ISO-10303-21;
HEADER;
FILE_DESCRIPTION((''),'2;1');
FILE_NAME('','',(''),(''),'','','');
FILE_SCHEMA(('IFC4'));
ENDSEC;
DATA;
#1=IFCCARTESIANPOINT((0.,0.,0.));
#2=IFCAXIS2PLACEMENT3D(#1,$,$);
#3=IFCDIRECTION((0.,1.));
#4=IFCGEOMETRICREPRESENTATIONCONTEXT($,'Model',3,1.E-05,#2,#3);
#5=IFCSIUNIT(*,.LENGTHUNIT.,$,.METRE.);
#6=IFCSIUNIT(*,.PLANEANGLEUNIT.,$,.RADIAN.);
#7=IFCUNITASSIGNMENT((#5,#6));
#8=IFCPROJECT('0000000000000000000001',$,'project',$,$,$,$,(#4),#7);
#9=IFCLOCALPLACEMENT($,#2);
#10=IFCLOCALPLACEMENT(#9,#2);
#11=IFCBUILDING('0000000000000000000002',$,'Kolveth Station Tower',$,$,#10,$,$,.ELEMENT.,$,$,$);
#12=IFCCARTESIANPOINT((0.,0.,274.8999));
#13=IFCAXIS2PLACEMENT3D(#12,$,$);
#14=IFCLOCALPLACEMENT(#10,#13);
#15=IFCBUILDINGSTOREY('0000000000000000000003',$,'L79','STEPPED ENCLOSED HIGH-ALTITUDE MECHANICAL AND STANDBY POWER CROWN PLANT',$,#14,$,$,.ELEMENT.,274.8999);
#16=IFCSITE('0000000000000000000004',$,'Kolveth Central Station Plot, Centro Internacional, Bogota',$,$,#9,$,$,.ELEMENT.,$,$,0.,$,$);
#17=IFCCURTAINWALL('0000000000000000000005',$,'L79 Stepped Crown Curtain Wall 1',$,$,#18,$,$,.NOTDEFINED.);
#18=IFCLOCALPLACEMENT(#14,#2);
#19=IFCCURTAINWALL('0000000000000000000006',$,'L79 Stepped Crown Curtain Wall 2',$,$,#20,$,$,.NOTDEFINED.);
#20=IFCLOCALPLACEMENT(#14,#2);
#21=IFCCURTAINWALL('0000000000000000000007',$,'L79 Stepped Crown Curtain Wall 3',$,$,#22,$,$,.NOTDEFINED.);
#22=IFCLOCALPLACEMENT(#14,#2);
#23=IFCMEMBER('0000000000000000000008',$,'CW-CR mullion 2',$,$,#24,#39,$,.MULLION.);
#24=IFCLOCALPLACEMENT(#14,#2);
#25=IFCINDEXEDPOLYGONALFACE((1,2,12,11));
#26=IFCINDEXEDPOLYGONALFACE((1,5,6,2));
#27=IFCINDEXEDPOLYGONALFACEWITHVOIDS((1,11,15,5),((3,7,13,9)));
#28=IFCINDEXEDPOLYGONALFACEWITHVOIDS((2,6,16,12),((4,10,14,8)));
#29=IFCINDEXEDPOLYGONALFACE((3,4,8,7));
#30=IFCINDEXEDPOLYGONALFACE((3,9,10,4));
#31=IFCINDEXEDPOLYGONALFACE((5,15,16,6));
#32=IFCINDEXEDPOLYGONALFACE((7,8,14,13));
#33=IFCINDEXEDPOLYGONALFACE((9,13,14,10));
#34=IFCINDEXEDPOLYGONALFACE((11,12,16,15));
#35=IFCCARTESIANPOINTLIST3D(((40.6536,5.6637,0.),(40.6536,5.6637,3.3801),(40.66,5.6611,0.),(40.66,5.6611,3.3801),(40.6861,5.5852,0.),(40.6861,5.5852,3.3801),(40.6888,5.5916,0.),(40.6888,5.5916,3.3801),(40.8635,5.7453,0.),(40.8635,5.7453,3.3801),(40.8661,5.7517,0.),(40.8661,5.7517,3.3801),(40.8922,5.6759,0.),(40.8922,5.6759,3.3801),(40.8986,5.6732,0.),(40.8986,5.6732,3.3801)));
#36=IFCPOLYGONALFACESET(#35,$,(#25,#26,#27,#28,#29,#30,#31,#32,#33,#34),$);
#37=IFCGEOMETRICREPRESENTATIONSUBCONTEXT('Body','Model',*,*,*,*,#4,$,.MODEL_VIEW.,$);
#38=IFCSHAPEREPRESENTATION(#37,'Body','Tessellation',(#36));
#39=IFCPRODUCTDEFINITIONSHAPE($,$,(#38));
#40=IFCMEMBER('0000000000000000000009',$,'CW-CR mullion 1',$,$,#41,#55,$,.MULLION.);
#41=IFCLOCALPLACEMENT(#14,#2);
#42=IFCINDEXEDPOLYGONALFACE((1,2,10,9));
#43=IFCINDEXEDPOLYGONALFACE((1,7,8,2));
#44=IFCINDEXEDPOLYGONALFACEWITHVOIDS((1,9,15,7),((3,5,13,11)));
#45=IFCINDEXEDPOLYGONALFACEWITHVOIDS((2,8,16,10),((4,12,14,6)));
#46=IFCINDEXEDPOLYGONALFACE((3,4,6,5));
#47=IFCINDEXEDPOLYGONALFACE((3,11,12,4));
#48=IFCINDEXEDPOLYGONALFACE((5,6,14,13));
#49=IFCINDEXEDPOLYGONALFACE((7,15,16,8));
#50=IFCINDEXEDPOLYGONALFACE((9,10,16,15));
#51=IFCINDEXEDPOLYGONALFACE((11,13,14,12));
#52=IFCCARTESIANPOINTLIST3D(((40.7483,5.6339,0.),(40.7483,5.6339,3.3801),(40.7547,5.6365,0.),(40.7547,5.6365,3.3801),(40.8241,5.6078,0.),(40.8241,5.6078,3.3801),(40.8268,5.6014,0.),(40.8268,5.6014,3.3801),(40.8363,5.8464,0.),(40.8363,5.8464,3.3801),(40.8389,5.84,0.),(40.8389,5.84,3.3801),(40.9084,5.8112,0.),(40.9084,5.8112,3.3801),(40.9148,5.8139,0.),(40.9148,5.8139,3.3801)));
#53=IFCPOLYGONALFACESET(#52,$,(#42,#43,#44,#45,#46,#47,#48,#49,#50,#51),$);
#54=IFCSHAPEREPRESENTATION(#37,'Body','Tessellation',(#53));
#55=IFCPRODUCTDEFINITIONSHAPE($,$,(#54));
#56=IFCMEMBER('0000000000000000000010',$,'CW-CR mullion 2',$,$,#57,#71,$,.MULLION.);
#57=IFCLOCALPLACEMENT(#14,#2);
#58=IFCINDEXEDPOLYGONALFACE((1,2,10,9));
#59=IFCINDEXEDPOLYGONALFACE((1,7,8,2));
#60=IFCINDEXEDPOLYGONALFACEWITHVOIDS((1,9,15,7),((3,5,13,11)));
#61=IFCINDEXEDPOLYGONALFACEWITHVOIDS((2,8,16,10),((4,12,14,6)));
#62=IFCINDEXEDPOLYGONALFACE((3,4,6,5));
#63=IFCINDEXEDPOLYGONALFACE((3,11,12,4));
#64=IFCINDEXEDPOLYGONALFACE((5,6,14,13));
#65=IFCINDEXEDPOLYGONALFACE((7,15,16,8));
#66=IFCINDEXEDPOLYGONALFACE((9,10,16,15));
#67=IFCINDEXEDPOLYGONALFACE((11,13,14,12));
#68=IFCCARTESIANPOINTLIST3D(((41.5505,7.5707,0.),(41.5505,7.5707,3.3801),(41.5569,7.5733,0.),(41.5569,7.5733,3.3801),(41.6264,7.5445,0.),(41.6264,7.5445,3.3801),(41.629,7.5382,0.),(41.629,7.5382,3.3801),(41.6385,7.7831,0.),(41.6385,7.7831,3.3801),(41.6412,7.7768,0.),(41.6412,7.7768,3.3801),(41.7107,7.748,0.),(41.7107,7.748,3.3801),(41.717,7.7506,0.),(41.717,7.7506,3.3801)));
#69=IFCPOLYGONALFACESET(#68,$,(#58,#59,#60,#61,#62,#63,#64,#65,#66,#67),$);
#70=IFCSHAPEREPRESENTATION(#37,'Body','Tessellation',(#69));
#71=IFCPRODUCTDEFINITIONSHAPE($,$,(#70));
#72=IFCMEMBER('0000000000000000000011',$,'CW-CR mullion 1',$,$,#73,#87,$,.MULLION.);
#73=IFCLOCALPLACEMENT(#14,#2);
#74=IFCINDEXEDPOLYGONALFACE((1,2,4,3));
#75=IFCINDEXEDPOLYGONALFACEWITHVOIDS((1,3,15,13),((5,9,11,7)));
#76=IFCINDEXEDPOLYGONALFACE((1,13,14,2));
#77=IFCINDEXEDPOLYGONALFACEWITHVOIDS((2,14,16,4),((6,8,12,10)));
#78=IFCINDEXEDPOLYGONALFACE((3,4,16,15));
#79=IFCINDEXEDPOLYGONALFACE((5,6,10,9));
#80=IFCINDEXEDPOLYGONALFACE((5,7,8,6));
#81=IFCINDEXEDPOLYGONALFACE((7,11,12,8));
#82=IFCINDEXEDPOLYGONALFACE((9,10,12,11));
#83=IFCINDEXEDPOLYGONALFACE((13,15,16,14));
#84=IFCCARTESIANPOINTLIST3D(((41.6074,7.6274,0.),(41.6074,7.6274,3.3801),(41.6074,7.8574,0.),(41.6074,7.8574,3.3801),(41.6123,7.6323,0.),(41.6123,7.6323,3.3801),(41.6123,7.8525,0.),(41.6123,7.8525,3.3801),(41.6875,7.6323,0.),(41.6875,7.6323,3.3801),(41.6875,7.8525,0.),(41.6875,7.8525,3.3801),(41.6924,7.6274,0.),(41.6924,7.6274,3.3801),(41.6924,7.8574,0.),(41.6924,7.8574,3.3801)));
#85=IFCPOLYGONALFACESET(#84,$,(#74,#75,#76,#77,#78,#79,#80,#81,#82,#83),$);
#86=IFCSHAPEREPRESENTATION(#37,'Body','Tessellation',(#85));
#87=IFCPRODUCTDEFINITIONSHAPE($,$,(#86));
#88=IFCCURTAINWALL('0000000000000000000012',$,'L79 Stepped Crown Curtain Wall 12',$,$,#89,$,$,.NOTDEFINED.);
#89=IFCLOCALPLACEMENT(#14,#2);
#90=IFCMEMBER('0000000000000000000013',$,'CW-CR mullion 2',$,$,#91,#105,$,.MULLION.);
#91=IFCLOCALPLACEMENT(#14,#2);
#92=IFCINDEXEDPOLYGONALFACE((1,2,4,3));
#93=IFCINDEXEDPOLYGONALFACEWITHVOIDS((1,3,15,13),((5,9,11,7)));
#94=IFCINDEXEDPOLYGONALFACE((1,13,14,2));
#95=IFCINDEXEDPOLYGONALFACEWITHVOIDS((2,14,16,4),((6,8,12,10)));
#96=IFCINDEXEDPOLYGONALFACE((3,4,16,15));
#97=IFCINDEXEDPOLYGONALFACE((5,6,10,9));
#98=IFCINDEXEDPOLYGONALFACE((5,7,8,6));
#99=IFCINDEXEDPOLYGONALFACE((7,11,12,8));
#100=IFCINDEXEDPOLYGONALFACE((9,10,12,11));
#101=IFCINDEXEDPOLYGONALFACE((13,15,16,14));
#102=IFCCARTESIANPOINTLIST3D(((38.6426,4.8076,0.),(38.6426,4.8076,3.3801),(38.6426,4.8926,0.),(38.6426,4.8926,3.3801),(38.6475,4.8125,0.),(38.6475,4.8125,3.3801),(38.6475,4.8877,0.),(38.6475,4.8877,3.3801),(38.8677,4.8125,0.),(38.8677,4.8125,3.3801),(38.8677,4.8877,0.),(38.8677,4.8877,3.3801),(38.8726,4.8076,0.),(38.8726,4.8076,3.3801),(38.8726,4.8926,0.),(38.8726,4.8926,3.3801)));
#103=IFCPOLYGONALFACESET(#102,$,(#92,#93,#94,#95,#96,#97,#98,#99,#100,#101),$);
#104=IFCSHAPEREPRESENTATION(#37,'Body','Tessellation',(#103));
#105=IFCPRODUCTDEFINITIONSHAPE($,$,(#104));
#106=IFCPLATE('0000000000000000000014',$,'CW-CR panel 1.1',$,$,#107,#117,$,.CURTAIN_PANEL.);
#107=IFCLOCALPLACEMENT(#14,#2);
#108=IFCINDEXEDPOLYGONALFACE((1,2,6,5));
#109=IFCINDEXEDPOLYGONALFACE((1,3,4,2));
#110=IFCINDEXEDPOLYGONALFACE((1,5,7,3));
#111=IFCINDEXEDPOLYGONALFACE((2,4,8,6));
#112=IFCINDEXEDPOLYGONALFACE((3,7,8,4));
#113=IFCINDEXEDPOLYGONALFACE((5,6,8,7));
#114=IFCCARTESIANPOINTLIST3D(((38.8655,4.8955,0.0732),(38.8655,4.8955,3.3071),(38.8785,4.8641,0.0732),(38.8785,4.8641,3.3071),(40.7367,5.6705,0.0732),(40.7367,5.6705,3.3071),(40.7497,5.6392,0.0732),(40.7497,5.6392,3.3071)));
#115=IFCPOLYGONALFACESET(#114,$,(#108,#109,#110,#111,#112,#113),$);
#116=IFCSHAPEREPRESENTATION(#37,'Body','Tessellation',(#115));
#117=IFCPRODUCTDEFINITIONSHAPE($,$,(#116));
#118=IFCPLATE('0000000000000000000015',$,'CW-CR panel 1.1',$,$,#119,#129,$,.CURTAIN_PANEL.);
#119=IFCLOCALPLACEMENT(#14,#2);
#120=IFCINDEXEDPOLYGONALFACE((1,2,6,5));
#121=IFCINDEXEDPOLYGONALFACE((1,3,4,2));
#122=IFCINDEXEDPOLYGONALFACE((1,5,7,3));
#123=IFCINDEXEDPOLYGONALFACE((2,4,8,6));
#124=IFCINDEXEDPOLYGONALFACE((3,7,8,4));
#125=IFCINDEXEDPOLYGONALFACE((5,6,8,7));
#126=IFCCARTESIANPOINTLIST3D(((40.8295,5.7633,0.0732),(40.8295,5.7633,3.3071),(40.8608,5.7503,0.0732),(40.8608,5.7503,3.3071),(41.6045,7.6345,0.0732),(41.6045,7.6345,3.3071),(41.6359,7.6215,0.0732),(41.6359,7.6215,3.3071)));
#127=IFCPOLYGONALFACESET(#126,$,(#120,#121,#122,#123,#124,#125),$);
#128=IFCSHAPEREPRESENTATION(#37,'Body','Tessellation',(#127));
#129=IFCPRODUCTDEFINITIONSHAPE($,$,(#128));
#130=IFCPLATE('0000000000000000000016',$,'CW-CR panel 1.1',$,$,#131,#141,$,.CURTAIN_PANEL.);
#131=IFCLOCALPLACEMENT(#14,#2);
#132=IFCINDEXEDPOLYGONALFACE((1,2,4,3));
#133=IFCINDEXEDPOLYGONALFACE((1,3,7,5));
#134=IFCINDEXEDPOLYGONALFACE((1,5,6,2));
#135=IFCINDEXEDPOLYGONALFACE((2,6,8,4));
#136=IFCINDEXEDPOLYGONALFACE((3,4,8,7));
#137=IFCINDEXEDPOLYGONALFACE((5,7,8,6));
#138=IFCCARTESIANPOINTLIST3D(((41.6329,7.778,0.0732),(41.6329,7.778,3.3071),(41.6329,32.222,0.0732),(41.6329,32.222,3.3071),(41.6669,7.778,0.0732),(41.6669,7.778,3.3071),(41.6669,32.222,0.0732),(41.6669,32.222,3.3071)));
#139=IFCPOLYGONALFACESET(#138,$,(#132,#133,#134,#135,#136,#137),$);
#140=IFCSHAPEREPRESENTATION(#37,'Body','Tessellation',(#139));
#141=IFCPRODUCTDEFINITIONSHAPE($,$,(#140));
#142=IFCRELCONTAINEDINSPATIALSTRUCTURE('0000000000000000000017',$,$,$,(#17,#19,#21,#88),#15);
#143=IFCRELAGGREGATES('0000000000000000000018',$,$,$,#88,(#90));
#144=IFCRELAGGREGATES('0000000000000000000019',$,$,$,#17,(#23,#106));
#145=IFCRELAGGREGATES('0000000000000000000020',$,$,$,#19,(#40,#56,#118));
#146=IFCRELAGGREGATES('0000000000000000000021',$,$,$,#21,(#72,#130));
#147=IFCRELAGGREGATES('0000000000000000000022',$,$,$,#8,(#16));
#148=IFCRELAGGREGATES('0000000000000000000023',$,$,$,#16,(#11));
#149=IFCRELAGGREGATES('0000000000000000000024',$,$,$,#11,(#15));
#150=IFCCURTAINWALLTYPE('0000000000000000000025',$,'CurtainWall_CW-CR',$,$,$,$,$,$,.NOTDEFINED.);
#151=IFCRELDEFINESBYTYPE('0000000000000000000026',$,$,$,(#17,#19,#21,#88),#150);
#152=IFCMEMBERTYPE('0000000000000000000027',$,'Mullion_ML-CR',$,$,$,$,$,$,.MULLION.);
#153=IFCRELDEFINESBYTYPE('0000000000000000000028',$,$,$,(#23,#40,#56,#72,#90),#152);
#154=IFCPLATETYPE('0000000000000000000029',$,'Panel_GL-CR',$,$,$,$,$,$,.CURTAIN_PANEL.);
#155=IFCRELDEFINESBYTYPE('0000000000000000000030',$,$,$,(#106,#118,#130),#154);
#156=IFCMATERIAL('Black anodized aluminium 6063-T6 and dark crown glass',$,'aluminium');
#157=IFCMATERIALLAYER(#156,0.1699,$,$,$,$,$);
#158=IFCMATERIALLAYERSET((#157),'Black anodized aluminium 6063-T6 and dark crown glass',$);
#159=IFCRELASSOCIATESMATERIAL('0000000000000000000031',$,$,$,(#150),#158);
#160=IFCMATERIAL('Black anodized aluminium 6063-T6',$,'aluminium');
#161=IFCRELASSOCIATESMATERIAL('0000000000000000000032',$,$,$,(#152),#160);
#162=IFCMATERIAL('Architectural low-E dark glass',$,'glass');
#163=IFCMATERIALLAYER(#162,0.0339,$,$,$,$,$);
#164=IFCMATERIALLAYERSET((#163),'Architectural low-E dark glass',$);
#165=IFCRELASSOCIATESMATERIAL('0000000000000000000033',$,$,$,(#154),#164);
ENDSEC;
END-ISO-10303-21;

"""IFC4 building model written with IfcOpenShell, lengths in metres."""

from ifc_helpers import new_model, si_unit, direction, frame, origin, origin_2d, place, context, subcontext, project, spatial, rectangle, hollow_rectangle, extrude, source, transform, mapped, material, layer, layer_set, material_profile, profile_set, type_object, element, aggregate, save


model = new_model("IFC4")

# Units and contexts
model_context = context("Model", 3, precision=1e-05, world=origin(), true_north=direction((0.0, 1.0)))
body_context = subcontext(model_context, "Body", "Model", "MODEL_VIEW")
ifc_project = project(units=[si_unit("LENGTHUNIT", "METRE"), si_unit("PLANEANGLEUNIT", "RADIAN")], contexts=[model_context])

# Site, building, storey
site_placement = place(None, origin())
site = spatial("IfcSite", under=ifc_project, at=site_placement, Name="Kolveth Central Station Plot, Centro Internacional, Bogota", CompositionType="ELEMENT", RefElevation=0.0)
building_placement = place(site_placement, origin())
building = spatial("IfcBuilding", under=site, at=building_placement, Name="Kolveth Station Tower", CompositionType="ELEMENT")
storey_placement = place(building_placement, frame((0.0, 0.0, 274.8999)))
storey = spatial("IfcBuildingStorey", under=building, at=storey_placement, Name="L79", Description="STEPPED ENCLOSED HIGH-ALTITUDE MECHANICAL AND STANDBY POWER CROWN PLANT", CompositionType="ELEMENT", Elevation=274.8999)

# Curtain walls
ifc_material_1 = material(Name="Black anodized aluminium 6063-T6 and dark crown glass", Category="aluminium")
ifc_layer_1 = layer(ifc_material_1, 0.1699)
ifc_layer_set_1 = layer_set([ifc_layer_1], Name="Black anodized aluminium 6063-T6 and dark crown glass")
curtain_wall_type = type_object("IfcCurtainWallType", Name="CurtainWall_CW-CR", PredefinedType="NOTDEFINED", material=ifc_layer_set_1)
curtain_wall_1_placement = place(storey_placement, origin())
curtain_wall_1 = element("IfcCurtainWall", 1, at=curtain_wall_1_placement, inside=storey, type_object=curtain_wall_type, Name="L79 Stepped Crown Curtain Wall 1", PredefinedType="NOTDEFINED")
ifc_material_2 = material(Name="Black anodized aluminium 6063-T6", Category="aluminium")
curtain_wall_2_placement = place(storey_placement, origin())
curtain_wall_2 = element("IfcCurtainWall", 2, at=curtain_wall_2_placement, inside=storey, type_object=curtain_wall_type, Name="L79 Stepped Crown Curtain Wall 2", PredefinedType="NOTDEFINED")
curtain_wall_3_placement = place(storey_placement, origin())
curtain_wall_3 = element("IfcCurtainWall", 3, at=curtain_wall_3_placement, inside=storey, type_object=curtain_wall_type, Name="L79 Stepped Crown Curtain Wall 3", PredefinedType="NOTDEFINED")

# Members
ifc_material_profile_1 = material_profile(ifc_material_2, hollow_rectangle(XDim=0.085, YDim=0.23, WallThickness=0.0049, at=origin_2d()), Name="ALU-85x230x5")
ifc_profile_set_1 = profile_set([ifc_material_profile_1], Name="Black anodized aluminium 6063-T6")
member_type_1 = type_object("IfcMemberType", Name="Mullion_ML-CR", PredefinedType="MULLION", material=ifc_profile_set_1)
shared_shape_1 = source(origin(), body_context, "Body", "SweptSolid", [
    extrude(hollow_rectangle(XDim=0.085, YDim=0.23, WallThickness=0.0049, at=origin_2d()), origin(), (0.0, 0.0, 1.0), 3.3801),
])
member_1_placement = place(storey_placement, frame((40.7761, 5.6685, 0.0), z_axis=(0.0, 0.0, 1.0), x_axis=(-0.382658, 0.92389, 0.0)))
member_1 = element("IfcMember", 4, at=member_1_placement, type_object=member_type_1, Name="CW-CR mullion 2", PredefinedType="MULLION", context=body_context, shape_type="MappedRepresentation", body=[
    mapped(shared_shape_1, transform((0.0, 0.0, 0.0), x_axis=(1.0, 0.0, 0.0), y_axis=(0.0, 1.0, 0.0), z_axis=(0.0, 0.0, 1.0), scale=1.0)),
])
member_2_placement = place(storey_placement, frame((40.8315, 5.7239, 0.0), z_axis=(0.0, 0.0, 1.0), x_axis=(-0.92389, 0.382658, 0.0)))
member_2 = element("IfcMember", 5, at=member_2_placement, type_object=member_type_1, Name="CW-CR mullion 1", PredefinedType="MULLION", context=body_context, shape_type="MappedRepresentation", body=[
    mapped(shared_shape_1, transform((0.0, 0.0, 0.0), x_axis=(1.0, 0.0, 0.0), y_axis=(0.0, 1.0, 0.0), z_axis=(0.0, 0.0, 1.0), scale=1.0)),
])
member_3_placement = place(storey_placement, frame((41.6338, 7.6606, 0.0), z_axis=(0.0, 0.0, 1.0), x_axis=(-0.92389, 0.382658, 0.0)))
member_3 = element("IfcMember", 6, at=member_3_placement, type_object=member_type_1, Name="CW-CR mullion 2", PredefinedType="MULLION", context=body_context, shape_type="MappedRepresentation", body=[
    mapped(shared_shape_1, transform((0.0, 0.0, 0.0), x_axis=(1.0, 0.0, 0.0), y_axis=(0.0, 1.0, 0.0), z_axis=(0.0, 0.0, 1.0), scale=1.0)),
])
member_4_placement = place(storey_placement, frame((41.6499, 7.7424, 0.0), z_axis=(0.0, 0.0, 1.0), x_axis=(-1.0, 0.0, 0.0)))
member_4 = element("IfcMember", 7, at=member_4_placement, type_object=member_type_1, Name="CW-CR mullion 1", PredefinedType="MULLION", context=body_context, shape_type="MappedRepresentation", body=[
    mapped(shared_shape_1, transform((0.0, 0.0, 0.0), x_axis=(1.0, 0.0, 0.0), y_axis=(0.0, 1.0, 0.0), z_axis=(0.0, 0.0, 1.0), scale=1.0)),
])

# Curtain wall, member
curtain_wall_4_placement = place(storey_placement, origin())
curtain_wall_4 = element("IfcCurtainWall", 8, at=curtain_wall_4_placement, inside=storey, type_object=curtain_wall_type, Name="L79 Stepped Crown Curtain Wall 12", PredefinedType="NOTDEFINED")
member_5_placement = place(storey_placement, frame((38.7576, 4.8501, 0.0), z_axis=(0.0, 0.0, 1.0), x_axis=(0.0, 1.0, 0.0)))
member_5 = element("IfcMember", 9, at=member_5_placement, type_object=member_type_1, Name="CW-CR mullion 2", PredefinedType="MULLION", context=body_context, shape_type="MappedRepresentation", body=[
    mapped(shared_shape_1, transform((0.0, 0.0, 0.0), x_axis=(1.0, 0.0, 0.0), y_axis=(0.0, 1.0, 0.0), z_axis=(0.0, 0.0, 1.0), scale=1.0)),
])
aggregate(curtain_wall_4, [member_5])

# Plates
ifc_material_3 = material(Name="Architectural low-E dark glass", Category="glass")
ifc_layer_2 = layer(ifc_material_3, 0.0339)
ifc_layer_set_2 = layer_set([ifc_layer_2], Name="Architectural low-E dark glass")
plate_type = type_object("IfcPlateType", Name="Panel_GL-CR", PredefinedType="CURTAIN_PANEL", material=ifc_layer_set_2)
shared_shape_2 = source(origin(), body_context, "Body", "SweptSolid", [
    extrude(rectangle(XDim=2.0254, YDim=0.0339, at=origin_2d()), origin(), (0.0, 0.0, 1.0), 3.2339),
])
plate_1_placement = place(storey_placement, frame((39.8076, 5.2673, 0.0732), z_axis=(0.0, 0.0, 1.0), x_axis=(0.92389, 0.382658, 0.0)))
plate_1 = element("IfcPlate", 10, at=plate_1_placement, type_object=plate_type, Name="CW-CR panel 1.1", PredefinedType="CURTAIN_PANEL", context=body_context, shape_type="MappedRepresentation", body=[
    mapped(shared_shape_2, transform((0.0, 0.0, 0.0), x_axis=(1.0, 0.0, 0.0), y_axis=(0.0, 1.0, 0.0), z_axis=(0.0, 0.0, 1.0), scale=1.0)),
])
aggregate(curtain_wall_1, [member_1, plate_1])
plate_2_placement = place(storey_placement, frame((41.2327, 6.6924, 0.0732), z_axis=(0.0, 0.0, 1.0), x_axis=(0.382658, 0.92389, 0.0)))
plate_2 = element("IfcPlate", 11, at=plate_2_placement, type_object=plate_type, Name="CW-CR panel 1.1", PredefinedType="CURTAIN_PANEL", context=body_context, shape_type="MappedRepresentation", body=[
    mapped(shared_shape_2, transform((0.0, 0.0, 0.0), x_axis=(1.0, 0.0, 0.0), y_axis=(0.0, 1.0, 0.0), z_axis=(0.0, 0.0, 1.0), scale=1.0)),
])
aggregate(curtain_wall_2, [member_2, member_3, plate_2])
shared_shape_3 = source(origin(), body_context, "Body", "SweptSolid", [
    extrude(rectangle(XDim=24.4441, YDim=0.0339, at=origin_2d()), origin(), (0.0, 0.0, 1.0), 3.2339),
])
plate_3_placement = place(storey_placement, frame((41.6499, 20.0, 0.0732), z_axis=(0.0, 0.0, 1.0), x_axis=(0.0, 1.0, 0.0)))
plate_3 = element("IfcPlate", 12, at=plate_3_placement, type_object=plate_type, Name="CW-CR panel 1.1", PredefinedType="CURTAIN_PANEL", context=body_context, shape_type="MappedRepresentation", body=[
    mapped(shared_shape_3, transform((0.0, 0.0, 0.0), x_axis=(1.0, 0.0, 0.0), y_axis=(0.0, 1.0, 0.0), z_axis=(0.0, 0.0, 1.0), scale=1.0)),
])
aggregate(curtain_wall_3, [member_4, plate_3])

save(model, "model.ifc")
